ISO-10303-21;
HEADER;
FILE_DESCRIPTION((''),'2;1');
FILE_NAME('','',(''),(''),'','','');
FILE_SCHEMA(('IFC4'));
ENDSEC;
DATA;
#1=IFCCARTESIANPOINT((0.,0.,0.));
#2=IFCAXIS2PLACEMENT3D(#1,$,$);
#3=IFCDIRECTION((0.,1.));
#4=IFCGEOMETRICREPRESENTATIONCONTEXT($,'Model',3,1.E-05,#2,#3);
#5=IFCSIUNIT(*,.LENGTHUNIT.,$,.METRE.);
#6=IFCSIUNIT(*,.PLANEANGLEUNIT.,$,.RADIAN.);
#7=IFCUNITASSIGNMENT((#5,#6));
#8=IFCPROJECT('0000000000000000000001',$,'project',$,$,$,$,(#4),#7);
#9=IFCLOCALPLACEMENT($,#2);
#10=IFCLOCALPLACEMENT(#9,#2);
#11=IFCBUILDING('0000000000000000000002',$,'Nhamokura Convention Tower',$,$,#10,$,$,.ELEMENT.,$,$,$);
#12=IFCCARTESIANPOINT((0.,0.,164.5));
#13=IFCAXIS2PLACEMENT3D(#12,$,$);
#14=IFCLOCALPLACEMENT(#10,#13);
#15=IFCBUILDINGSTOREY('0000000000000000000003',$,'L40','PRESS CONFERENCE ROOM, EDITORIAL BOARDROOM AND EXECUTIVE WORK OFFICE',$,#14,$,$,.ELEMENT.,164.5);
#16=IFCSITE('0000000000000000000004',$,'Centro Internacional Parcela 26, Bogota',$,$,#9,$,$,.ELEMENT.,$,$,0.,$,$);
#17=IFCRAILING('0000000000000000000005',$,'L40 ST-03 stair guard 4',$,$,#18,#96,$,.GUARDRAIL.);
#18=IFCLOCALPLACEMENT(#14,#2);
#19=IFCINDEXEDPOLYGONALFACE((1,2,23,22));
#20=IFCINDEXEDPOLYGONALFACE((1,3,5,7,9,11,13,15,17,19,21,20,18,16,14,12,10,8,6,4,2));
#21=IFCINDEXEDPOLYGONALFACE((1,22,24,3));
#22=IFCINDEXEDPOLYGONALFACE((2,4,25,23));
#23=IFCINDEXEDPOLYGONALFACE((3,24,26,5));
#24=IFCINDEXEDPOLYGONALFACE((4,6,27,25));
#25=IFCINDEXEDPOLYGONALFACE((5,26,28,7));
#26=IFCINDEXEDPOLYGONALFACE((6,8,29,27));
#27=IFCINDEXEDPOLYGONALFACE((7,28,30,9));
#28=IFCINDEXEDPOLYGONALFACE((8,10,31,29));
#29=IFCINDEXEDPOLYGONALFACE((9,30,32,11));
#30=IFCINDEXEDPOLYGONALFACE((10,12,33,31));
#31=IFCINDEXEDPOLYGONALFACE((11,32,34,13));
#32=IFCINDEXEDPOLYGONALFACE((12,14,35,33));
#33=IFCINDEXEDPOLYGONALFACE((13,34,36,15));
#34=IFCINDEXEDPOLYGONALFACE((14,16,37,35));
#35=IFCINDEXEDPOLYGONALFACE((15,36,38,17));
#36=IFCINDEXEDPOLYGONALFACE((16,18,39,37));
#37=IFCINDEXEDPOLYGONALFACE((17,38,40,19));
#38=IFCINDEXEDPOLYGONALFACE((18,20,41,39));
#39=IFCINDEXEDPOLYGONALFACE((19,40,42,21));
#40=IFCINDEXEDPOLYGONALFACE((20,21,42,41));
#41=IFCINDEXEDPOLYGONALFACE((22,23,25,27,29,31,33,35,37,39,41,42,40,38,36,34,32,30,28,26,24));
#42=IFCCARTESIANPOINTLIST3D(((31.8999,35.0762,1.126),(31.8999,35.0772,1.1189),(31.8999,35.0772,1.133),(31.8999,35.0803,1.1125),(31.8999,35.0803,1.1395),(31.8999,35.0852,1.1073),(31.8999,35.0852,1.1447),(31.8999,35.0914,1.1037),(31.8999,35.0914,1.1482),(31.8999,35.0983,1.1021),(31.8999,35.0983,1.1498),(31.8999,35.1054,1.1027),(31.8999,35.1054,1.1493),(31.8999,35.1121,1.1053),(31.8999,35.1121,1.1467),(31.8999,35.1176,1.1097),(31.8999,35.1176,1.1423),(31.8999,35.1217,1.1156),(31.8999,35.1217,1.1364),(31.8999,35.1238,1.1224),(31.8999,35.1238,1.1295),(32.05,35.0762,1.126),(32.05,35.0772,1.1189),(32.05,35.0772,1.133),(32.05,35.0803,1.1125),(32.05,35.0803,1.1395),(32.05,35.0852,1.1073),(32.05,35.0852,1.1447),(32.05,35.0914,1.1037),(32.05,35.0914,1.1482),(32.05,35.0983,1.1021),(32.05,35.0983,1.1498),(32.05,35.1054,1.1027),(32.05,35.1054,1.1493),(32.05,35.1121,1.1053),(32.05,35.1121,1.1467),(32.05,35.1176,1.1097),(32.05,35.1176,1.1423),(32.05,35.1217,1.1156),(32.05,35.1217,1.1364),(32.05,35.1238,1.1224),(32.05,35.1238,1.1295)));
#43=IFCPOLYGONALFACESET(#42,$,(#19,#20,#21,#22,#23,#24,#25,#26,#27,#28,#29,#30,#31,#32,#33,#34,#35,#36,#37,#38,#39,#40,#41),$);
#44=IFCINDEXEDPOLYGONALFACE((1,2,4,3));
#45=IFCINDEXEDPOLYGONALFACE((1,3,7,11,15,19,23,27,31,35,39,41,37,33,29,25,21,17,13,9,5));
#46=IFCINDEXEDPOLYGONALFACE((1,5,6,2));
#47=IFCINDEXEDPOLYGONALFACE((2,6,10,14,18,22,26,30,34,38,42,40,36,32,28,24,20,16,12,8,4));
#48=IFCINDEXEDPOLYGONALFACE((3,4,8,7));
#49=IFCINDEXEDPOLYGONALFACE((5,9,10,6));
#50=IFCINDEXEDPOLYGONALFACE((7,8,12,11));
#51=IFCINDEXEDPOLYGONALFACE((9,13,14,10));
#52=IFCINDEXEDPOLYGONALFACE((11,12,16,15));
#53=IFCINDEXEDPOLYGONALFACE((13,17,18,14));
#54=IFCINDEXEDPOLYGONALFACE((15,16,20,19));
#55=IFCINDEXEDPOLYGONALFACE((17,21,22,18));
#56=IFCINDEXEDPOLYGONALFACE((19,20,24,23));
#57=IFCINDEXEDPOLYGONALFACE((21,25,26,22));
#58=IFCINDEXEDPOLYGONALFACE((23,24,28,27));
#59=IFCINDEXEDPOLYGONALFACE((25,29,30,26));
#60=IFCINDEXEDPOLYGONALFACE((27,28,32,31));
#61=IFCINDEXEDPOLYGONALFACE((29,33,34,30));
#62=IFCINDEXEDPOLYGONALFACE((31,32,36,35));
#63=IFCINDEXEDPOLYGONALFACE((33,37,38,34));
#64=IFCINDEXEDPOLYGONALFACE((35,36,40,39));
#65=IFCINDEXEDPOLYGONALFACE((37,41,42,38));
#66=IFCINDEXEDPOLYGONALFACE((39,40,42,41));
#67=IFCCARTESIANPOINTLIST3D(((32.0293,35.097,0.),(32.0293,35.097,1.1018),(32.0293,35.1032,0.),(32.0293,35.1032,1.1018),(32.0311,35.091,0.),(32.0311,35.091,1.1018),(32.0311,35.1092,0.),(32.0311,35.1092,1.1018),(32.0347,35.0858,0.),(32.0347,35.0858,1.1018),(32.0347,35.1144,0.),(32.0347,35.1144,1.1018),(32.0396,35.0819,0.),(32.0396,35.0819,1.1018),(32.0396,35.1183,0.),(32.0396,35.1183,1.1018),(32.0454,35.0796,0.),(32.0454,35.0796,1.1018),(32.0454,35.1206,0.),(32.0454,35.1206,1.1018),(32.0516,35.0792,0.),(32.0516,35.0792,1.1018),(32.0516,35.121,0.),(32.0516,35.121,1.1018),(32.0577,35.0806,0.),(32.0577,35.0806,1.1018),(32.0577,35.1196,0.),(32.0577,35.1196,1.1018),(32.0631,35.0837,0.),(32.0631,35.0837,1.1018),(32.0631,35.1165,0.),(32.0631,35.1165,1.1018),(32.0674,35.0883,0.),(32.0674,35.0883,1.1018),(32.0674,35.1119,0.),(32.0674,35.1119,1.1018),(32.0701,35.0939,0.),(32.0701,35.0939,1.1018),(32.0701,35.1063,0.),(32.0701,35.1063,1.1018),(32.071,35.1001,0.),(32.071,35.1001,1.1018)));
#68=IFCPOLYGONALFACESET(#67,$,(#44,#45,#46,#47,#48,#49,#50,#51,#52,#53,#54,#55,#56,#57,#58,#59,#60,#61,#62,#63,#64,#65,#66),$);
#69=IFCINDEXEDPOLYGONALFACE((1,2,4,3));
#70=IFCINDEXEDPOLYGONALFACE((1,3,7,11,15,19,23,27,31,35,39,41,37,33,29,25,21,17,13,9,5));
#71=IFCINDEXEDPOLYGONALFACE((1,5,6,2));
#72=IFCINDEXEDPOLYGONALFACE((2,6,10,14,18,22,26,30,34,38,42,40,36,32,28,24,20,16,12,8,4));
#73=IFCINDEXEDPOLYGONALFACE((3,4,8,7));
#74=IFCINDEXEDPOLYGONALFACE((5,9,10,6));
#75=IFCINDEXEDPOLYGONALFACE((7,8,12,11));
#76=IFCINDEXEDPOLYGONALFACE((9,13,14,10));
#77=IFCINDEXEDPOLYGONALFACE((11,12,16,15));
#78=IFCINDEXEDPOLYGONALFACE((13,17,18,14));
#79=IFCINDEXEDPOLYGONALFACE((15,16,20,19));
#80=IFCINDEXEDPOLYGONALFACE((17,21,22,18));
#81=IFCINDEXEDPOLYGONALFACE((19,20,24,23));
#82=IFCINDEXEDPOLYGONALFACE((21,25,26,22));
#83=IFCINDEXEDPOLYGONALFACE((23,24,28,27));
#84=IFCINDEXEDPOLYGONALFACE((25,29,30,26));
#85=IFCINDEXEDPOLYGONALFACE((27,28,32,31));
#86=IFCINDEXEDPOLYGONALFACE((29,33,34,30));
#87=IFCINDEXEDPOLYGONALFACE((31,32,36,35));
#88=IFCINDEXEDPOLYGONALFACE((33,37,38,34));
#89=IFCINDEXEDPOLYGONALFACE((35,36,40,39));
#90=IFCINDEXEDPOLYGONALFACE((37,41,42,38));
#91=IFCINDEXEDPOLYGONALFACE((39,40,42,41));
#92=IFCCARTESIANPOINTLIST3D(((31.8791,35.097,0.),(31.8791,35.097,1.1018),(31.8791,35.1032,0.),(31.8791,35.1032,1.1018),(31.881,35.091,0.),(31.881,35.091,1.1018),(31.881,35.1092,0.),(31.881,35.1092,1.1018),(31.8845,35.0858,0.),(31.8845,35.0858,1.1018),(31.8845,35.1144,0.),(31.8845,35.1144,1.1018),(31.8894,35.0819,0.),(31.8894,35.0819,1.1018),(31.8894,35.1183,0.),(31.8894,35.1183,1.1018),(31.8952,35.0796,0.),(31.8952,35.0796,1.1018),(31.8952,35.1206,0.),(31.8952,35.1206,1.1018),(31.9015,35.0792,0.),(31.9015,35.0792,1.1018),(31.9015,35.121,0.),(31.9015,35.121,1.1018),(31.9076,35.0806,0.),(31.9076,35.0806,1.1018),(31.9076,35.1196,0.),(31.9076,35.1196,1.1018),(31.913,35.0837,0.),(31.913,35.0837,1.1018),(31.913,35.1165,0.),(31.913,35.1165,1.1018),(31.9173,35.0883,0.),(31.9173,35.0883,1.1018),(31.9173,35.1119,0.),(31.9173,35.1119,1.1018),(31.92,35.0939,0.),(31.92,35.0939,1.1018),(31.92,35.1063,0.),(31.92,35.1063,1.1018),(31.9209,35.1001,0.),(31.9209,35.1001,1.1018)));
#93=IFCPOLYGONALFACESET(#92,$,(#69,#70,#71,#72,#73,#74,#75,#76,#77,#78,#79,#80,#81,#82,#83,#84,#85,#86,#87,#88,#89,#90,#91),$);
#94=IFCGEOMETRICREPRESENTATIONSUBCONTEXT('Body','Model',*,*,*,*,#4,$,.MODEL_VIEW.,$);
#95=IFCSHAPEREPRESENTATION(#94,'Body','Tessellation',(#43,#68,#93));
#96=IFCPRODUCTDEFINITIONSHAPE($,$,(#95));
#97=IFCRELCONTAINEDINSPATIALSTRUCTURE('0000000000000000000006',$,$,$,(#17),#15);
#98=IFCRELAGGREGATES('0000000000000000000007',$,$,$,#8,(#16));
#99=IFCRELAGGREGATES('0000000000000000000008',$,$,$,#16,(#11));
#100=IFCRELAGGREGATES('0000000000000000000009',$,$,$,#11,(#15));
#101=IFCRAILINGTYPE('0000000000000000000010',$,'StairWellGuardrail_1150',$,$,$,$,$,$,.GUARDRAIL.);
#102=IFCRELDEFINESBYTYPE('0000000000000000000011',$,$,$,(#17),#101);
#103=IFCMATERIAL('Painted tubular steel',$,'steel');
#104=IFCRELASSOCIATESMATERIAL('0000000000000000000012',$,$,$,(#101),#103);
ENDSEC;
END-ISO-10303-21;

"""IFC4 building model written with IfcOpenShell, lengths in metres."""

from ifc_helpers import new_model, si_unit, direction, frame, origin, origin_2d, place, context, subcontext, project, spatial, circle, extrude, material, type_object, element, save


model = new_model("IFC4")

# Units and contexts
model_context = context("Model", 3, precision=1e-05, world=origin(), true_north=direction((0.0, 1.0)))
body_context = subcontext(model_context, "Body", "Model", "MODEL_VIEW")
ifc_project = project(units=[si_unit("LENGTHUNIT", "METRE"), si_unit("PLANEANGLEUNIT", "RADIAN")], contexts=[model_context])

# Site, building, storey
site_placement = place(None, origin())
site = spatial("IfcSite", under=ifc_project, at=site_placement, Name="Centro Internacional Parcela 26, Bogota", CompositionType="ELEMENT", RefElevation=0.0)
building_placement = place(site_placement, origin())
building = spatial("IfcBuilding", under=site, at=building_placement, Name="Nhamokura Convention Tower", CompositionType="ELEMENT")
storey_placement = place(building_placement, frame((0.0, 0.0, 164.5)))
storey = spatial("IfcBuildingStorey", under=building, at=storey_placement, Name="L40", Description="PRESS CONFERENCE ROOM, EDITORIAL BOARDROOM AND EXECUTIVE WORK OFFICE", CompositionType="ELEMENT", Elevation=164.5)

# Railing
ifc_material_1 = material(Name="Painted tubular steel", Category="steel")
railing_type_1 = type_object("IfcRailingType", Name="StairWellGuardrail_1150", PredefinedType="GUARDRAIL", material=ifc_material_1)
railing_1_placement = place(storey_placement, frame((32.05, 35.1001, 0.0)))
element("IfcRailing", 1, at=railing_1_placement, inside=storey, type_object=railing_type_1, Name="L40 ST-03 stair guard 4", PredefinedType="GUARDRAIL", context=body_context, shape_type="SweptSolid", body=[
    extrude(circle(Radius=0.0239, at=origin_2d()), frame((0.0, 0.0, 1.126), z_axis=(-1.0, 0.0, 0.0), x_axis=(0.0, -1.0, 0.0)), (0.0, 0.0, 1.0), 0.1501),
    extrude(circle(Radius=0.021, at=origin_2d()), origin(), (0.0, 0.0, 1.0), 1.1018),
    extrude(circle(Radius=0.021, at=origin_2d()), frame((-0.1501, 0.0, 0.0)), (0.0, 0.0, 1.0), 1.1018),
])

save(model, "model.ifc")
